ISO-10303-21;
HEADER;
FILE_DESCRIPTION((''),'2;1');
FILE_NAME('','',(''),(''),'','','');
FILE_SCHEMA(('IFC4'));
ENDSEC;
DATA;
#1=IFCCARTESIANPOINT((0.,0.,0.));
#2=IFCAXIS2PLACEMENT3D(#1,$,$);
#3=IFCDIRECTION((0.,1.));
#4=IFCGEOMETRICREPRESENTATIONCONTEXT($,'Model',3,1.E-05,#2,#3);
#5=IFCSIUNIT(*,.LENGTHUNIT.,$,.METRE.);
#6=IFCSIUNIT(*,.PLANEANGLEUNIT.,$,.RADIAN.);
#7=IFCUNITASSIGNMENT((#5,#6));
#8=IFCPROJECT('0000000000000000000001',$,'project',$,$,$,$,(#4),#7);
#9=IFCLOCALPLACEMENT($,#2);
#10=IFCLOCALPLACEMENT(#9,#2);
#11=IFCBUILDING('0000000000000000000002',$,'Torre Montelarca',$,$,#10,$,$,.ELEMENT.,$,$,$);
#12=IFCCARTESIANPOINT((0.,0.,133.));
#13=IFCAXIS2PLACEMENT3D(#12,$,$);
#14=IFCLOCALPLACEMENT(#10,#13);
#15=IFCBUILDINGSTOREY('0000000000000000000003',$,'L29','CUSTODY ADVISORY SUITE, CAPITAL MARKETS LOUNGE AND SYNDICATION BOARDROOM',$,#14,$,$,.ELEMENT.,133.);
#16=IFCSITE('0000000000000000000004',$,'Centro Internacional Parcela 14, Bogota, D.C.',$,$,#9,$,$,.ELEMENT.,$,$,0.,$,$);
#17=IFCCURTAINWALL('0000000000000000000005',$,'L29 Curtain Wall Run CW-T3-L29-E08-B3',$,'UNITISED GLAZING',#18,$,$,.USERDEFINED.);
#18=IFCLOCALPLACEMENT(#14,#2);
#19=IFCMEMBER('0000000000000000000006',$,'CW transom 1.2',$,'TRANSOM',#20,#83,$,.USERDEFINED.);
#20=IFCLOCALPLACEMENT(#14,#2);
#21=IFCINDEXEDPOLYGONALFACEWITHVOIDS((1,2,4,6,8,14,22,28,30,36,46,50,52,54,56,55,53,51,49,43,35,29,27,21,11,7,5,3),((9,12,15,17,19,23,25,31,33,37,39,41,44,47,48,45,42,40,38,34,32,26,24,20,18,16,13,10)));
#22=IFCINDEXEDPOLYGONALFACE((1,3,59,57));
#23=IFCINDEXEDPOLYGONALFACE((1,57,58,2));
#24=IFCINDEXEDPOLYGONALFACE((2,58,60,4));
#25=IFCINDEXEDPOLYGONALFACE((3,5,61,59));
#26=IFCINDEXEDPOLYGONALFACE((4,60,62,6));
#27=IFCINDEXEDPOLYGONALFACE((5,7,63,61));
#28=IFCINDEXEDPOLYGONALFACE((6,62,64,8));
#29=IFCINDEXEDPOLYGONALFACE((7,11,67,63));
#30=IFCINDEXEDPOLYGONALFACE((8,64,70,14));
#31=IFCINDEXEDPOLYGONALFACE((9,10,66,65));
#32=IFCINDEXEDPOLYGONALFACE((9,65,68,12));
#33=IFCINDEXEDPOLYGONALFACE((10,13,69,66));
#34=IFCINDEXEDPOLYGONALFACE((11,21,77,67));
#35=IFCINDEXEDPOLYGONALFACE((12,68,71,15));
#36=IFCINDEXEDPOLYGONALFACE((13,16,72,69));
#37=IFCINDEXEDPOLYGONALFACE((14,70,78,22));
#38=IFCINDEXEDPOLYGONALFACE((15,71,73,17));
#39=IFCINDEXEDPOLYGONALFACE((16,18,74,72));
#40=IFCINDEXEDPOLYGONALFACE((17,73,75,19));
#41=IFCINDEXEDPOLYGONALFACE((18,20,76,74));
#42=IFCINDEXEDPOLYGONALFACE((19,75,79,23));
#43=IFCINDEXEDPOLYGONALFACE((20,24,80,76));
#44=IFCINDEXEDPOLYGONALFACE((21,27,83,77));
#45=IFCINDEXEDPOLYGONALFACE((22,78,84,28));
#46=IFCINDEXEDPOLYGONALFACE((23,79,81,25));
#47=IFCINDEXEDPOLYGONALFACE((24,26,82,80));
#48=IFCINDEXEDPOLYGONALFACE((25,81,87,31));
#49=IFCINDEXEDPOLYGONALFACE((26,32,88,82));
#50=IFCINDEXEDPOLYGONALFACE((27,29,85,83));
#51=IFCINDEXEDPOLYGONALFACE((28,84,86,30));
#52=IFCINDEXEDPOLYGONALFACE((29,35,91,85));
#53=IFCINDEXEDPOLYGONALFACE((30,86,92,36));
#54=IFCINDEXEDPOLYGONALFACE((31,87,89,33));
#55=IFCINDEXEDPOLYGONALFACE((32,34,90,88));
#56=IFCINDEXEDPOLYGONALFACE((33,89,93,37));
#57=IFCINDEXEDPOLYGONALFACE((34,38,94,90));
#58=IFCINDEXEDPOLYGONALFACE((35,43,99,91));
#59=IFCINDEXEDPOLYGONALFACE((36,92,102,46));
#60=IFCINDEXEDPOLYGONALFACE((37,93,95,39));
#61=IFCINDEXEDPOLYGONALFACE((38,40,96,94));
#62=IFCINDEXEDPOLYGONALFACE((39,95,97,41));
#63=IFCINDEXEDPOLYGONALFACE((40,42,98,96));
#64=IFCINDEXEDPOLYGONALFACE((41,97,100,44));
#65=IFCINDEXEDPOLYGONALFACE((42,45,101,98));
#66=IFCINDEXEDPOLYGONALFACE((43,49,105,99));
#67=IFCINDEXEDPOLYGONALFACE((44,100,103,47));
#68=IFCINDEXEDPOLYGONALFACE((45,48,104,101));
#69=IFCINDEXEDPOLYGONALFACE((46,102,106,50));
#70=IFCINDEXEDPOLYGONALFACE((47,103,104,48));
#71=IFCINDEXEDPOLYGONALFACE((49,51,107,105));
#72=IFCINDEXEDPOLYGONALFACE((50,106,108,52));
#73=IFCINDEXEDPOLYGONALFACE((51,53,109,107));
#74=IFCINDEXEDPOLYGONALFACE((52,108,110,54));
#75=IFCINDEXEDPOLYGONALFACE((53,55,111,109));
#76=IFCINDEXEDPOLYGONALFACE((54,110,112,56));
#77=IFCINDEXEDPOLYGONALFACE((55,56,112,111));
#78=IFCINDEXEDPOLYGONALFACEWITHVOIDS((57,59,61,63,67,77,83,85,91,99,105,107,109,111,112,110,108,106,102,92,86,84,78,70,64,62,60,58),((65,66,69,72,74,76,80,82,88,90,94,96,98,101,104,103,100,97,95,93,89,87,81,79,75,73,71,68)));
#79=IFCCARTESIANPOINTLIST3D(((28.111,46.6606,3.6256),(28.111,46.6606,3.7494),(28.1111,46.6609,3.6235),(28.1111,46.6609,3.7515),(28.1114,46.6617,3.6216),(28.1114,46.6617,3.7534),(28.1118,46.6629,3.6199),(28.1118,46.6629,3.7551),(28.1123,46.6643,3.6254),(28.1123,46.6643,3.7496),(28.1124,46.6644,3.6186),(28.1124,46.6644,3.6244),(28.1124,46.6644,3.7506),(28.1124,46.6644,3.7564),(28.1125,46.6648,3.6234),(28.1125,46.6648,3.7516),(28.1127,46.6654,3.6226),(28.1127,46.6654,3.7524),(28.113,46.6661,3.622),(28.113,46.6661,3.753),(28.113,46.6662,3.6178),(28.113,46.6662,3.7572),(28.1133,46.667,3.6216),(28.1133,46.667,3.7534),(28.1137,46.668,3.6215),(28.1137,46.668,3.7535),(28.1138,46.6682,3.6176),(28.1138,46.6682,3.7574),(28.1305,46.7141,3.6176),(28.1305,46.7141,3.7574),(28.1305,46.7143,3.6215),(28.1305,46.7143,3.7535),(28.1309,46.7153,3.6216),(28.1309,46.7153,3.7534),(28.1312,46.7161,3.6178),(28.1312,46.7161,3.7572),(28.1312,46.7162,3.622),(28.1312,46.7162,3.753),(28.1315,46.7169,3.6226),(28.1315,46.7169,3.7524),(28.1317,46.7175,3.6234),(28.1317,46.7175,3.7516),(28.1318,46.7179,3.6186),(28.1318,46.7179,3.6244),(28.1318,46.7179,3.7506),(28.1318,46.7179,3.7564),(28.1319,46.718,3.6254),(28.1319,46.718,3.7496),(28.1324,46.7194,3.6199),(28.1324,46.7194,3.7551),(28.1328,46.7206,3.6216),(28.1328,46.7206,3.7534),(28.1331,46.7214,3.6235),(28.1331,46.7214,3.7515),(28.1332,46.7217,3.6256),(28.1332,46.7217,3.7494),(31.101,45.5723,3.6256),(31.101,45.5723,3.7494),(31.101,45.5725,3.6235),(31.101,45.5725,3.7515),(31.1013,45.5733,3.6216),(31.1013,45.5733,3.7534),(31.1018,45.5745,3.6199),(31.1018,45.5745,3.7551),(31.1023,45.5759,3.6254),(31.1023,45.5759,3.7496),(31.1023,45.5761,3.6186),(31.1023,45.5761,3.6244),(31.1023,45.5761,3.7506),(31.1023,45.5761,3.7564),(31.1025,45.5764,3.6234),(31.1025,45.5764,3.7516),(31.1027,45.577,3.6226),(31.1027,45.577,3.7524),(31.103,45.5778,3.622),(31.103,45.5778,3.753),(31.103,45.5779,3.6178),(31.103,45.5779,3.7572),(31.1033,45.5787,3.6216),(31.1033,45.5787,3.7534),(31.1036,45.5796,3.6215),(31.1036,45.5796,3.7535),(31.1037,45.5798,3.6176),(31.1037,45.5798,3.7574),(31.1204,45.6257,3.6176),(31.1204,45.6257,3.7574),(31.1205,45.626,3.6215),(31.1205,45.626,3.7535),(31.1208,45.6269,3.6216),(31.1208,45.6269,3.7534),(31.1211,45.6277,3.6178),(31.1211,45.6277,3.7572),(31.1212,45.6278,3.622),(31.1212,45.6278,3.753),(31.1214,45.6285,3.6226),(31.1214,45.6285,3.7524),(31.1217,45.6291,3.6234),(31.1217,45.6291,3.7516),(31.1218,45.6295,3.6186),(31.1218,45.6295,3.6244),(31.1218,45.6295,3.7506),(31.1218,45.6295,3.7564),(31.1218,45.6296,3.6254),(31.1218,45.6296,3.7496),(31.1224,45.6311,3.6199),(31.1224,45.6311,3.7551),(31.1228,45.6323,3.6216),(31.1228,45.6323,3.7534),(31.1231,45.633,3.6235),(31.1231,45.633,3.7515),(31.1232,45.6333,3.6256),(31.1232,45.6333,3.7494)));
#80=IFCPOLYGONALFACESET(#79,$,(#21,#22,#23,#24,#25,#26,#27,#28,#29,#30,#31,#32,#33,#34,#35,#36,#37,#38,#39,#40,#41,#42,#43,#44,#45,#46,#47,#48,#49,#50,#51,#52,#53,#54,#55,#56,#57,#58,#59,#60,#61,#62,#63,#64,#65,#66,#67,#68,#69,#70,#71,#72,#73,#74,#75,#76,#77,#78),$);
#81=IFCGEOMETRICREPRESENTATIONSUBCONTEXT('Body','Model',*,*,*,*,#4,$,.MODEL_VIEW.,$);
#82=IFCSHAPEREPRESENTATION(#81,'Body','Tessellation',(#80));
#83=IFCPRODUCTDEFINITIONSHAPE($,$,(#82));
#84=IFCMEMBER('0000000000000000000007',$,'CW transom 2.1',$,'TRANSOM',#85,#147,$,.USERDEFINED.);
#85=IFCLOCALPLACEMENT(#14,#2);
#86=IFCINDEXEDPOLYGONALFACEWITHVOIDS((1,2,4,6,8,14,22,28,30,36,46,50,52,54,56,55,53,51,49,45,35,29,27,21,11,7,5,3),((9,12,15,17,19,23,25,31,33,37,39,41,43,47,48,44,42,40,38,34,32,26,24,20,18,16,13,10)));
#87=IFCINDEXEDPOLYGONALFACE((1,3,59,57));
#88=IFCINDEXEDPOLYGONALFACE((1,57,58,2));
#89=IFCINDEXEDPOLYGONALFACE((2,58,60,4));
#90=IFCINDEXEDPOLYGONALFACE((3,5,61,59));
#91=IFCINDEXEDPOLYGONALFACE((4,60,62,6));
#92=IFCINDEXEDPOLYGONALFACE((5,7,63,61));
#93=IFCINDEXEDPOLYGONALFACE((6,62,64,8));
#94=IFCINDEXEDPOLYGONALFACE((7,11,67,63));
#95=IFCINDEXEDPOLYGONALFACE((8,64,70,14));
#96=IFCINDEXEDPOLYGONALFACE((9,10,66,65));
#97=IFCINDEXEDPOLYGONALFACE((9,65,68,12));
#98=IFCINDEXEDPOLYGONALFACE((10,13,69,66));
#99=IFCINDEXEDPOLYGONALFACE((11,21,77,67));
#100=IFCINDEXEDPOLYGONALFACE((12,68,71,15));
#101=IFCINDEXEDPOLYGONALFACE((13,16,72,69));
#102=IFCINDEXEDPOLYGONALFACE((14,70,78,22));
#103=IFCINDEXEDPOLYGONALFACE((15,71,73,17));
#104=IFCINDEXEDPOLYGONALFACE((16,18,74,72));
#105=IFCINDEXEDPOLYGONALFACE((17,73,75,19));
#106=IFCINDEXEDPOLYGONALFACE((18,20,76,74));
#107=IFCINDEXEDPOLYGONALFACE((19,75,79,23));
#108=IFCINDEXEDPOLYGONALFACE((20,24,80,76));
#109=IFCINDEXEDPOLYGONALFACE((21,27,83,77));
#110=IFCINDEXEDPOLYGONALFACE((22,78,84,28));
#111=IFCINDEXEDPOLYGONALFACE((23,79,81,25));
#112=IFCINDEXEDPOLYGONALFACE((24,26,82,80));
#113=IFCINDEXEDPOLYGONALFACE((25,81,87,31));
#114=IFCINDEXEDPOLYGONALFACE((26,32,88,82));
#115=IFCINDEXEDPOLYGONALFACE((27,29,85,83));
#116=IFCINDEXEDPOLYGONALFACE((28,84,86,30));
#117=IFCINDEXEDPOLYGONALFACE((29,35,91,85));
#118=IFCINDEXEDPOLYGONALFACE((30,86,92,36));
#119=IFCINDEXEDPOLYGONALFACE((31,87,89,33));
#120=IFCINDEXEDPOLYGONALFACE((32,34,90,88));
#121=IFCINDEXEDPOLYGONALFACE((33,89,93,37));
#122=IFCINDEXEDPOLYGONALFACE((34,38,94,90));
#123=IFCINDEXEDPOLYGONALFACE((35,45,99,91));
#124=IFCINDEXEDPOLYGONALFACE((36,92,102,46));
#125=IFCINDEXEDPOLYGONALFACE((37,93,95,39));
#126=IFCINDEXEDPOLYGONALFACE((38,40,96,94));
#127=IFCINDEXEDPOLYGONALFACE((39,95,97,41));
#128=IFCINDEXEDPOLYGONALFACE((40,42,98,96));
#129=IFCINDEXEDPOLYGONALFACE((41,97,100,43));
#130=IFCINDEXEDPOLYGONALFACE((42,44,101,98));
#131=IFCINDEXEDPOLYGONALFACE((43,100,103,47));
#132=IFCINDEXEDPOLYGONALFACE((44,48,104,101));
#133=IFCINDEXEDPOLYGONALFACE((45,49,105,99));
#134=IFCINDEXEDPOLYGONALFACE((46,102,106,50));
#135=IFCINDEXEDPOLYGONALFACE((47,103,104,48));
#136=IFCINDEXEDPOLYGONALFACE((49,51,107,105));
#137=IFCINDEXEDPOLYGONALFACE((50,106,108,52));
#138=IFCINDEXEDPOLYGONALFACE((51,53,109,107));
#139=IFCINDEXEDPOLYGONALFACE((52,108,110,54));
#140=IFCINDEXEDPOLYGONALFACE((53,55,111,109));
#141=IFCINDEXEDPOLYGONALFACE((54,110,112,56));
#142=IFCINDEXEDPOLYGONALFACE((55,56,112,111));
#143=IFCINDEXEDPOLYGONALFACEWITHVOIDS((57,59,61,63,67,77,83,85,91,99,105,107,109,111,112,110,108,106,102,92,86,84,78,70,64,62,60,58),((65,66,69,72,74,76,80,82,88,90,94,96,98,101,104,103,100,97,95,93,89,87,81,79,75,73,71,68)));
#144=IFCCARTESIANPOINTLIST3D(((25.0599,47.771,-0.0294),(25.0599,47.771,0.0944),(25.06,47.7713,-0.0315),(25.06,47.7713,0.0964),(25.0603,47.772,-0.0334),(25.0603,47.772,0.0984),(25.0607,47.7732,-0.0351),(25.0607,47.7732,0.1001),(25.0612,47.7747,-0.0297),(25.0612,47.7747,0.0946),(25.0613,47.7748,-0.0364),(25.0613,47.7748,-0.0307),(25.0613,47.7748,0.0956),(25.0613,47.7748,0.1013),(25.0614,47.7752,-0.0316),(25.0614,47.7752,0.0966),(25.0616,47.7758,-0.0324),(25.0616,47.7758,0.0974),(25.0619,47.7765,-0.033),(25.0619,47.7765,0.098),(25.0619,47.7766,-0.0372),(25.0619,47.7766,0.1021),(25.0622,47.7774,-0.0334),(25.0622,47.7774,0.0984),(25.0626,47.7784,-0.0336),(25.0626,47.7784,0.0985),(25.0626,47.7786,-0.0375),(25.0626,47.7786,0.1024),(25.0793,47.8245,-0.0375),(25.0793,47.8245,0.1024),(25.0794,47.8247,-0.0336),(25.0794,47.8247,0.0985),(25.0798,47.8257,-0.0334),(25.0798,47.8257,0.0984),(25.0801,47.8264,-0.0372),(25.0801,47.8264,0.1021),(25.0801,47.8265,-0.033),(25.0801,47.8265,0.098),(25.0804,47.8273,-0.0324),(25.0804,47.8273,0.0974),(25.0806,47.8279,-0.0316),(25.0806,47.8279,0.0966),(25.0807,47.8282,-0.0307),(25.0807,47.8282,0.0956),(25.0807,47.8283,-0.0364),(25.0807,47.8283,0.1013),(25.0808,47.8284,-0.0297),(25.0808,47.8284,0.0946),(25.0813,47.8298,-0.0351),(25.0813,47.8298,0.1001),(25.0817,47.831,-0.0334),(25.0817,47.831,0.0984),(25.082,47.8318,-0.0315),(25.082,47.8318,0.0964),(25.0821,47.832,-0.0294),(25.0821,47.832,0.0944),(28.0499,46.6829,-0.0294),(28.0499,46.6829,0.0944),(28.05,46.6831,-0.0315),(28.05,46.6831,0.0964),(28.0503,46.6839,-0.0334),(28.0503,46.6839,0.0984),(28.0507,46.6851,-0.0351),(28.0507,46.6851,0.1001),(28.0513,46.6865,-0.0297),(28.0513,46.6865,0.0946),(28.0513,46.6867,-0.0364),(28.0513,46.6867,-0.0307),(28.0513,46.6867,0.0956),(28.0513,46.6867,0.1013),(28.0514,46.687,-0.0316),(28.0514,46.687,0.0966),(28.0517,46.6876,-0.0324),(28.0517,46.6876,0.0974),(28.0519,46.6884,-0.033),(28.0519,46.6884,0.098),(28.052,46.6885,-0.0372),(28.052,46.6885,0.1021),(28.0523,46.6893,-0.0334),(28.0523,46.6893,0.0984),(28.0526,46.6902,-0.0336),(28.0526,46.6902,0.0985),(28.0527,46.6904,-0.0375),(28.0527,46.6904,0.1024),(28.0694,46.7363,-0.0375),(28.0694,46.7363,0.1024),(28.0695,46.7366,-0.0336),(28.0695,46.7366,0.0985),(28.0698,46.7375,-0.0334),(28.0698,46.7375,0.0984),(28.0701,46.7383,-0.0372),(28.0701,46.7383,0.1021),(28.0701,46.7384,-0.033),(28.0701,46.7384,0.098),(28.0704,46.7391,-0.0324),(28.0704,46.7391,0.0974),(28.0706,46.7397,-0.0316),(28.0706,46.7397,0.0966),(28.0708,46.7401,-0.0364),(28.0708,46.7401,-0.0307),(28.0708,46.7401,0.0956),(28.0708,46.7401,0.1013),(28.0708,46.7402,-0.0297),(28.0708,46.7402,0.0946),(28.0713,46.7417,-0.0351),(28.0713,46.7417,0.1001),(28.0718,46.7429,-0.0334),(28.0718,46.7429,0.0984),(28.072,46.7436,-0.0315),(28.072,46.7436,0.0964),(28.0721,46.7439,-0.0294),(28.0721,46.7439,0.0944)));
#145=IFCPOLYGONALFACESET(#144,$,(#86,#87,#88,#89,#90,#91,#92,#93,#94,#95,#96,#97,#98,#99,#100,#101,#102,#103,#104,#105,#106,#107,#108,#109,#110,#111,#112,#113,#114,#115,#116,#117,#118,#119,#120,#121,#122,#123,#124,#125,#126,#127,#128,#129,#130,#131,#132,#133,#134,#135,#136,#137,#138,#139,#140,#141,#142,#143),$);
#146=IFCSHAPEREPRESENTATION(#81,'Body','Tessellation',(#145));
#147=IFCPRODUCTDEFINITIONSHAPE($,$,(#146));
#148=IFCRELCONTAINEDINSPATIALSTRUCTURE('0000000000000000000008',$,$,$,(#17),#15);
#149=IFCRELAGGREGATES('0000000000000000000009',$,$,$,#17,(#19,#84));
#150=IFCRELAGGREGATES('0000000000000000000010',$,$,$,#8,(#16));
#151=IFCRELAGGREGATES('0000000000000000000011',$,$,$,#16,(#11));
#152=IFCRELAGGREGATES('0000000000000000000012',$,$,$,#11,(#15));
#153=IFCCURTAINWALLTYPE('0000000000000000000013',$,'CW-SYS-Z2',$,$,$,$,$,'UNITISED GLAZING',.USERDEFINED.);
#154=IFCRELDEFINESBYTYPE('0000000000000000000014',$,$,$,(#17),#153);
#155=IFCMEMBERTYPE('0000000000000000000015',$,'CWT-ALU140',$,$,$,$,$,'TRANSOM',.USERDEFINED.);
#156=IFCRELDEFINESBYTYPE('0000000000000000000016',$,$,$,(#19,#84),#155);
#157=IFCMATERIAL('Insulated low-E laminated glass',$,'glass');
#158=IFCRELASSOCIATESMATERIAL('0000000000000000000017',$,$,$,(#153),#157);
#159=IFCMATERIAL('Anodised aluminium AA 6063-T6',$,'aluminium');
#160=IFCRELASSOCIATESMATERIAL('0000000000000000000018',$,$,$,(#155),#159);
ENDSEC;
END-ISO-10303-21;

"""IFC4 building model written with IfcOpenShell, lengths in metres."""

from ifc_helpers import new_model, si_unit, direction, frame, origin, origin_2d, place, context, subcontext, project, spatial, hollow_rectangle, extrude, source, transform, mapped, material, material_profile, profile_set, type_object, element, aggregate, save


model = new_model("IFC4")

# Units and contexts
model_context = context("Model", 3, precision=1e-05, world=origin(), true_north=direction((0.0, 1.0)))
body_context = subcontext(model_context, "Body", "Model", "MODEL_VIEW")
ifc_project = project(units=[si_unit("LENGTHUNIT", "METRE"), si_unit("PLANEANGLEUNIT", "RADIAN")], contexts=[model_context])

# Site, building, storey
site_placement = place(None, origin())
site = spatial("IfcSite", under=ifc_project, at=site_placement, Name="Centro Internacional Parcela 14, Bogota, D.C.", CompositionType="ELEMENT", RefElevation=0.0)
building_placement = place(site_placement, origin())
building = spatial("IfcBuilding", under=site, at=building_placement, Name="Torre Montelarca", CompositionType="ELEMENT")
storey_placement = place(building_placement, frame((0.0, 0.0, 133.0)))
storey = spatial("IfcBuildingStorey", under=building, at=storey_placement, Name="L29", Description="CUSTODY ADVISORY SUITE, CAPITAL MARKETS LOUNGE AND SYNDICATION BOARDROOM", CompositionType="ELEMENT", Elevation=133.0)

# Curtain wall
ifc_material_1 = material(Name="Insulated low-E laminated glass", Category="glass")
curtain_wall_type = type_object("IfcCurtainWallType", Name="CW-SYS-Z2", ElementType="UNITISED GLAZING", PredefinedType="USERDEFINED", material=ifc_material_1)
ifc_material_2 = material(Name="Anodised aluminium AA 6063-T6", Category="aluminium")
curtain_wall_1_placement = place(storey_placement, origin())
curtain_wall_1 = element("IfcCurtainWall", 1, at=curtain_wall_1_placement, inside=storey, type_object=curtain_wall_type, Name="L29 Curtain Wall Run CW-T3-L29-E08-B3", ObjectType="UNITISED GLAZING", PredefinedType="USERDEFINED")

# Members
ifc_material_profile_1 = material_profile(ifc_material_2, hollow_rectangle(XDim=0.0649, YDim=0.1399, WallThickness=0.0039, InnerFilletRadius=0.0039, OuterFilletRadius=0.0081, at=origin_2d()), Name="ALU65X140X4", Category="aluminium")
ifc_profile_set_1 = profile_set([ifc_material_profile_1], Name="Anodised aluminium AA 6063-T6")
member_type_1 = type_object("IfcMemberType", Name="CWT-ALU140", ElementType="TRANSOM", PredefinedType="USERDEFINED", material=ifc_profile_set_1)
shared_shape_1 = source(origin(), body_context, "Body", "SweptSolid", [
    extrude(hollow_rectangle(XDim=0.0649, YDim=0.1399, WallThickness=0.0039, InnerFilletRadius=0.0039, OuterFilletRadius=0.0081, at=origin_2d()), origin(), (0.0, 0.0, 1.0), 3.1819),
])
member_1_placement = place(storey_placement, frame((31.1121, 45.6028, 3.6875), z_axis=(-0.939681, 0.342051, 0.0), x_axis=(-0.342051, -0.939681, 0.0)))
member_1 = element("IfcMember", 2, at=member_1_placement, type_object=member_type_1, Name="CW transom 1.2", ObjectType="TRANSOM", PredefinedType="USERDEFINED", context=body_context, shape_type="MappedRepresentation", body=[
    mapped(shared_shape_1, transform((0.0, 0.0, 0.0), scale=1.0)),
])
member_2_placement = place(storey_placement, frame((28.061, 46.7134, 0.0325), z_axis=(-0.939706, 0.341983, 0.0), x_axis=(-0.341983, -0.939706, 0.0)))
member_2 = element("IfcMember", 3, at=member_2_placement, type_object=member_type_1, Name="CW transom 2.1", ObjectType="TRANSOM", PredefinedType="USERDEFINED", context=body_context, shape_type="MappedRepresentation", body=[
    mapped(shared_shape_1, transform((0.0, 0.0, 0.0), scale=1.0)),
])

aggregate(curtain_wall_1, [member_1, member_2])

save(model, "model.ifc")
